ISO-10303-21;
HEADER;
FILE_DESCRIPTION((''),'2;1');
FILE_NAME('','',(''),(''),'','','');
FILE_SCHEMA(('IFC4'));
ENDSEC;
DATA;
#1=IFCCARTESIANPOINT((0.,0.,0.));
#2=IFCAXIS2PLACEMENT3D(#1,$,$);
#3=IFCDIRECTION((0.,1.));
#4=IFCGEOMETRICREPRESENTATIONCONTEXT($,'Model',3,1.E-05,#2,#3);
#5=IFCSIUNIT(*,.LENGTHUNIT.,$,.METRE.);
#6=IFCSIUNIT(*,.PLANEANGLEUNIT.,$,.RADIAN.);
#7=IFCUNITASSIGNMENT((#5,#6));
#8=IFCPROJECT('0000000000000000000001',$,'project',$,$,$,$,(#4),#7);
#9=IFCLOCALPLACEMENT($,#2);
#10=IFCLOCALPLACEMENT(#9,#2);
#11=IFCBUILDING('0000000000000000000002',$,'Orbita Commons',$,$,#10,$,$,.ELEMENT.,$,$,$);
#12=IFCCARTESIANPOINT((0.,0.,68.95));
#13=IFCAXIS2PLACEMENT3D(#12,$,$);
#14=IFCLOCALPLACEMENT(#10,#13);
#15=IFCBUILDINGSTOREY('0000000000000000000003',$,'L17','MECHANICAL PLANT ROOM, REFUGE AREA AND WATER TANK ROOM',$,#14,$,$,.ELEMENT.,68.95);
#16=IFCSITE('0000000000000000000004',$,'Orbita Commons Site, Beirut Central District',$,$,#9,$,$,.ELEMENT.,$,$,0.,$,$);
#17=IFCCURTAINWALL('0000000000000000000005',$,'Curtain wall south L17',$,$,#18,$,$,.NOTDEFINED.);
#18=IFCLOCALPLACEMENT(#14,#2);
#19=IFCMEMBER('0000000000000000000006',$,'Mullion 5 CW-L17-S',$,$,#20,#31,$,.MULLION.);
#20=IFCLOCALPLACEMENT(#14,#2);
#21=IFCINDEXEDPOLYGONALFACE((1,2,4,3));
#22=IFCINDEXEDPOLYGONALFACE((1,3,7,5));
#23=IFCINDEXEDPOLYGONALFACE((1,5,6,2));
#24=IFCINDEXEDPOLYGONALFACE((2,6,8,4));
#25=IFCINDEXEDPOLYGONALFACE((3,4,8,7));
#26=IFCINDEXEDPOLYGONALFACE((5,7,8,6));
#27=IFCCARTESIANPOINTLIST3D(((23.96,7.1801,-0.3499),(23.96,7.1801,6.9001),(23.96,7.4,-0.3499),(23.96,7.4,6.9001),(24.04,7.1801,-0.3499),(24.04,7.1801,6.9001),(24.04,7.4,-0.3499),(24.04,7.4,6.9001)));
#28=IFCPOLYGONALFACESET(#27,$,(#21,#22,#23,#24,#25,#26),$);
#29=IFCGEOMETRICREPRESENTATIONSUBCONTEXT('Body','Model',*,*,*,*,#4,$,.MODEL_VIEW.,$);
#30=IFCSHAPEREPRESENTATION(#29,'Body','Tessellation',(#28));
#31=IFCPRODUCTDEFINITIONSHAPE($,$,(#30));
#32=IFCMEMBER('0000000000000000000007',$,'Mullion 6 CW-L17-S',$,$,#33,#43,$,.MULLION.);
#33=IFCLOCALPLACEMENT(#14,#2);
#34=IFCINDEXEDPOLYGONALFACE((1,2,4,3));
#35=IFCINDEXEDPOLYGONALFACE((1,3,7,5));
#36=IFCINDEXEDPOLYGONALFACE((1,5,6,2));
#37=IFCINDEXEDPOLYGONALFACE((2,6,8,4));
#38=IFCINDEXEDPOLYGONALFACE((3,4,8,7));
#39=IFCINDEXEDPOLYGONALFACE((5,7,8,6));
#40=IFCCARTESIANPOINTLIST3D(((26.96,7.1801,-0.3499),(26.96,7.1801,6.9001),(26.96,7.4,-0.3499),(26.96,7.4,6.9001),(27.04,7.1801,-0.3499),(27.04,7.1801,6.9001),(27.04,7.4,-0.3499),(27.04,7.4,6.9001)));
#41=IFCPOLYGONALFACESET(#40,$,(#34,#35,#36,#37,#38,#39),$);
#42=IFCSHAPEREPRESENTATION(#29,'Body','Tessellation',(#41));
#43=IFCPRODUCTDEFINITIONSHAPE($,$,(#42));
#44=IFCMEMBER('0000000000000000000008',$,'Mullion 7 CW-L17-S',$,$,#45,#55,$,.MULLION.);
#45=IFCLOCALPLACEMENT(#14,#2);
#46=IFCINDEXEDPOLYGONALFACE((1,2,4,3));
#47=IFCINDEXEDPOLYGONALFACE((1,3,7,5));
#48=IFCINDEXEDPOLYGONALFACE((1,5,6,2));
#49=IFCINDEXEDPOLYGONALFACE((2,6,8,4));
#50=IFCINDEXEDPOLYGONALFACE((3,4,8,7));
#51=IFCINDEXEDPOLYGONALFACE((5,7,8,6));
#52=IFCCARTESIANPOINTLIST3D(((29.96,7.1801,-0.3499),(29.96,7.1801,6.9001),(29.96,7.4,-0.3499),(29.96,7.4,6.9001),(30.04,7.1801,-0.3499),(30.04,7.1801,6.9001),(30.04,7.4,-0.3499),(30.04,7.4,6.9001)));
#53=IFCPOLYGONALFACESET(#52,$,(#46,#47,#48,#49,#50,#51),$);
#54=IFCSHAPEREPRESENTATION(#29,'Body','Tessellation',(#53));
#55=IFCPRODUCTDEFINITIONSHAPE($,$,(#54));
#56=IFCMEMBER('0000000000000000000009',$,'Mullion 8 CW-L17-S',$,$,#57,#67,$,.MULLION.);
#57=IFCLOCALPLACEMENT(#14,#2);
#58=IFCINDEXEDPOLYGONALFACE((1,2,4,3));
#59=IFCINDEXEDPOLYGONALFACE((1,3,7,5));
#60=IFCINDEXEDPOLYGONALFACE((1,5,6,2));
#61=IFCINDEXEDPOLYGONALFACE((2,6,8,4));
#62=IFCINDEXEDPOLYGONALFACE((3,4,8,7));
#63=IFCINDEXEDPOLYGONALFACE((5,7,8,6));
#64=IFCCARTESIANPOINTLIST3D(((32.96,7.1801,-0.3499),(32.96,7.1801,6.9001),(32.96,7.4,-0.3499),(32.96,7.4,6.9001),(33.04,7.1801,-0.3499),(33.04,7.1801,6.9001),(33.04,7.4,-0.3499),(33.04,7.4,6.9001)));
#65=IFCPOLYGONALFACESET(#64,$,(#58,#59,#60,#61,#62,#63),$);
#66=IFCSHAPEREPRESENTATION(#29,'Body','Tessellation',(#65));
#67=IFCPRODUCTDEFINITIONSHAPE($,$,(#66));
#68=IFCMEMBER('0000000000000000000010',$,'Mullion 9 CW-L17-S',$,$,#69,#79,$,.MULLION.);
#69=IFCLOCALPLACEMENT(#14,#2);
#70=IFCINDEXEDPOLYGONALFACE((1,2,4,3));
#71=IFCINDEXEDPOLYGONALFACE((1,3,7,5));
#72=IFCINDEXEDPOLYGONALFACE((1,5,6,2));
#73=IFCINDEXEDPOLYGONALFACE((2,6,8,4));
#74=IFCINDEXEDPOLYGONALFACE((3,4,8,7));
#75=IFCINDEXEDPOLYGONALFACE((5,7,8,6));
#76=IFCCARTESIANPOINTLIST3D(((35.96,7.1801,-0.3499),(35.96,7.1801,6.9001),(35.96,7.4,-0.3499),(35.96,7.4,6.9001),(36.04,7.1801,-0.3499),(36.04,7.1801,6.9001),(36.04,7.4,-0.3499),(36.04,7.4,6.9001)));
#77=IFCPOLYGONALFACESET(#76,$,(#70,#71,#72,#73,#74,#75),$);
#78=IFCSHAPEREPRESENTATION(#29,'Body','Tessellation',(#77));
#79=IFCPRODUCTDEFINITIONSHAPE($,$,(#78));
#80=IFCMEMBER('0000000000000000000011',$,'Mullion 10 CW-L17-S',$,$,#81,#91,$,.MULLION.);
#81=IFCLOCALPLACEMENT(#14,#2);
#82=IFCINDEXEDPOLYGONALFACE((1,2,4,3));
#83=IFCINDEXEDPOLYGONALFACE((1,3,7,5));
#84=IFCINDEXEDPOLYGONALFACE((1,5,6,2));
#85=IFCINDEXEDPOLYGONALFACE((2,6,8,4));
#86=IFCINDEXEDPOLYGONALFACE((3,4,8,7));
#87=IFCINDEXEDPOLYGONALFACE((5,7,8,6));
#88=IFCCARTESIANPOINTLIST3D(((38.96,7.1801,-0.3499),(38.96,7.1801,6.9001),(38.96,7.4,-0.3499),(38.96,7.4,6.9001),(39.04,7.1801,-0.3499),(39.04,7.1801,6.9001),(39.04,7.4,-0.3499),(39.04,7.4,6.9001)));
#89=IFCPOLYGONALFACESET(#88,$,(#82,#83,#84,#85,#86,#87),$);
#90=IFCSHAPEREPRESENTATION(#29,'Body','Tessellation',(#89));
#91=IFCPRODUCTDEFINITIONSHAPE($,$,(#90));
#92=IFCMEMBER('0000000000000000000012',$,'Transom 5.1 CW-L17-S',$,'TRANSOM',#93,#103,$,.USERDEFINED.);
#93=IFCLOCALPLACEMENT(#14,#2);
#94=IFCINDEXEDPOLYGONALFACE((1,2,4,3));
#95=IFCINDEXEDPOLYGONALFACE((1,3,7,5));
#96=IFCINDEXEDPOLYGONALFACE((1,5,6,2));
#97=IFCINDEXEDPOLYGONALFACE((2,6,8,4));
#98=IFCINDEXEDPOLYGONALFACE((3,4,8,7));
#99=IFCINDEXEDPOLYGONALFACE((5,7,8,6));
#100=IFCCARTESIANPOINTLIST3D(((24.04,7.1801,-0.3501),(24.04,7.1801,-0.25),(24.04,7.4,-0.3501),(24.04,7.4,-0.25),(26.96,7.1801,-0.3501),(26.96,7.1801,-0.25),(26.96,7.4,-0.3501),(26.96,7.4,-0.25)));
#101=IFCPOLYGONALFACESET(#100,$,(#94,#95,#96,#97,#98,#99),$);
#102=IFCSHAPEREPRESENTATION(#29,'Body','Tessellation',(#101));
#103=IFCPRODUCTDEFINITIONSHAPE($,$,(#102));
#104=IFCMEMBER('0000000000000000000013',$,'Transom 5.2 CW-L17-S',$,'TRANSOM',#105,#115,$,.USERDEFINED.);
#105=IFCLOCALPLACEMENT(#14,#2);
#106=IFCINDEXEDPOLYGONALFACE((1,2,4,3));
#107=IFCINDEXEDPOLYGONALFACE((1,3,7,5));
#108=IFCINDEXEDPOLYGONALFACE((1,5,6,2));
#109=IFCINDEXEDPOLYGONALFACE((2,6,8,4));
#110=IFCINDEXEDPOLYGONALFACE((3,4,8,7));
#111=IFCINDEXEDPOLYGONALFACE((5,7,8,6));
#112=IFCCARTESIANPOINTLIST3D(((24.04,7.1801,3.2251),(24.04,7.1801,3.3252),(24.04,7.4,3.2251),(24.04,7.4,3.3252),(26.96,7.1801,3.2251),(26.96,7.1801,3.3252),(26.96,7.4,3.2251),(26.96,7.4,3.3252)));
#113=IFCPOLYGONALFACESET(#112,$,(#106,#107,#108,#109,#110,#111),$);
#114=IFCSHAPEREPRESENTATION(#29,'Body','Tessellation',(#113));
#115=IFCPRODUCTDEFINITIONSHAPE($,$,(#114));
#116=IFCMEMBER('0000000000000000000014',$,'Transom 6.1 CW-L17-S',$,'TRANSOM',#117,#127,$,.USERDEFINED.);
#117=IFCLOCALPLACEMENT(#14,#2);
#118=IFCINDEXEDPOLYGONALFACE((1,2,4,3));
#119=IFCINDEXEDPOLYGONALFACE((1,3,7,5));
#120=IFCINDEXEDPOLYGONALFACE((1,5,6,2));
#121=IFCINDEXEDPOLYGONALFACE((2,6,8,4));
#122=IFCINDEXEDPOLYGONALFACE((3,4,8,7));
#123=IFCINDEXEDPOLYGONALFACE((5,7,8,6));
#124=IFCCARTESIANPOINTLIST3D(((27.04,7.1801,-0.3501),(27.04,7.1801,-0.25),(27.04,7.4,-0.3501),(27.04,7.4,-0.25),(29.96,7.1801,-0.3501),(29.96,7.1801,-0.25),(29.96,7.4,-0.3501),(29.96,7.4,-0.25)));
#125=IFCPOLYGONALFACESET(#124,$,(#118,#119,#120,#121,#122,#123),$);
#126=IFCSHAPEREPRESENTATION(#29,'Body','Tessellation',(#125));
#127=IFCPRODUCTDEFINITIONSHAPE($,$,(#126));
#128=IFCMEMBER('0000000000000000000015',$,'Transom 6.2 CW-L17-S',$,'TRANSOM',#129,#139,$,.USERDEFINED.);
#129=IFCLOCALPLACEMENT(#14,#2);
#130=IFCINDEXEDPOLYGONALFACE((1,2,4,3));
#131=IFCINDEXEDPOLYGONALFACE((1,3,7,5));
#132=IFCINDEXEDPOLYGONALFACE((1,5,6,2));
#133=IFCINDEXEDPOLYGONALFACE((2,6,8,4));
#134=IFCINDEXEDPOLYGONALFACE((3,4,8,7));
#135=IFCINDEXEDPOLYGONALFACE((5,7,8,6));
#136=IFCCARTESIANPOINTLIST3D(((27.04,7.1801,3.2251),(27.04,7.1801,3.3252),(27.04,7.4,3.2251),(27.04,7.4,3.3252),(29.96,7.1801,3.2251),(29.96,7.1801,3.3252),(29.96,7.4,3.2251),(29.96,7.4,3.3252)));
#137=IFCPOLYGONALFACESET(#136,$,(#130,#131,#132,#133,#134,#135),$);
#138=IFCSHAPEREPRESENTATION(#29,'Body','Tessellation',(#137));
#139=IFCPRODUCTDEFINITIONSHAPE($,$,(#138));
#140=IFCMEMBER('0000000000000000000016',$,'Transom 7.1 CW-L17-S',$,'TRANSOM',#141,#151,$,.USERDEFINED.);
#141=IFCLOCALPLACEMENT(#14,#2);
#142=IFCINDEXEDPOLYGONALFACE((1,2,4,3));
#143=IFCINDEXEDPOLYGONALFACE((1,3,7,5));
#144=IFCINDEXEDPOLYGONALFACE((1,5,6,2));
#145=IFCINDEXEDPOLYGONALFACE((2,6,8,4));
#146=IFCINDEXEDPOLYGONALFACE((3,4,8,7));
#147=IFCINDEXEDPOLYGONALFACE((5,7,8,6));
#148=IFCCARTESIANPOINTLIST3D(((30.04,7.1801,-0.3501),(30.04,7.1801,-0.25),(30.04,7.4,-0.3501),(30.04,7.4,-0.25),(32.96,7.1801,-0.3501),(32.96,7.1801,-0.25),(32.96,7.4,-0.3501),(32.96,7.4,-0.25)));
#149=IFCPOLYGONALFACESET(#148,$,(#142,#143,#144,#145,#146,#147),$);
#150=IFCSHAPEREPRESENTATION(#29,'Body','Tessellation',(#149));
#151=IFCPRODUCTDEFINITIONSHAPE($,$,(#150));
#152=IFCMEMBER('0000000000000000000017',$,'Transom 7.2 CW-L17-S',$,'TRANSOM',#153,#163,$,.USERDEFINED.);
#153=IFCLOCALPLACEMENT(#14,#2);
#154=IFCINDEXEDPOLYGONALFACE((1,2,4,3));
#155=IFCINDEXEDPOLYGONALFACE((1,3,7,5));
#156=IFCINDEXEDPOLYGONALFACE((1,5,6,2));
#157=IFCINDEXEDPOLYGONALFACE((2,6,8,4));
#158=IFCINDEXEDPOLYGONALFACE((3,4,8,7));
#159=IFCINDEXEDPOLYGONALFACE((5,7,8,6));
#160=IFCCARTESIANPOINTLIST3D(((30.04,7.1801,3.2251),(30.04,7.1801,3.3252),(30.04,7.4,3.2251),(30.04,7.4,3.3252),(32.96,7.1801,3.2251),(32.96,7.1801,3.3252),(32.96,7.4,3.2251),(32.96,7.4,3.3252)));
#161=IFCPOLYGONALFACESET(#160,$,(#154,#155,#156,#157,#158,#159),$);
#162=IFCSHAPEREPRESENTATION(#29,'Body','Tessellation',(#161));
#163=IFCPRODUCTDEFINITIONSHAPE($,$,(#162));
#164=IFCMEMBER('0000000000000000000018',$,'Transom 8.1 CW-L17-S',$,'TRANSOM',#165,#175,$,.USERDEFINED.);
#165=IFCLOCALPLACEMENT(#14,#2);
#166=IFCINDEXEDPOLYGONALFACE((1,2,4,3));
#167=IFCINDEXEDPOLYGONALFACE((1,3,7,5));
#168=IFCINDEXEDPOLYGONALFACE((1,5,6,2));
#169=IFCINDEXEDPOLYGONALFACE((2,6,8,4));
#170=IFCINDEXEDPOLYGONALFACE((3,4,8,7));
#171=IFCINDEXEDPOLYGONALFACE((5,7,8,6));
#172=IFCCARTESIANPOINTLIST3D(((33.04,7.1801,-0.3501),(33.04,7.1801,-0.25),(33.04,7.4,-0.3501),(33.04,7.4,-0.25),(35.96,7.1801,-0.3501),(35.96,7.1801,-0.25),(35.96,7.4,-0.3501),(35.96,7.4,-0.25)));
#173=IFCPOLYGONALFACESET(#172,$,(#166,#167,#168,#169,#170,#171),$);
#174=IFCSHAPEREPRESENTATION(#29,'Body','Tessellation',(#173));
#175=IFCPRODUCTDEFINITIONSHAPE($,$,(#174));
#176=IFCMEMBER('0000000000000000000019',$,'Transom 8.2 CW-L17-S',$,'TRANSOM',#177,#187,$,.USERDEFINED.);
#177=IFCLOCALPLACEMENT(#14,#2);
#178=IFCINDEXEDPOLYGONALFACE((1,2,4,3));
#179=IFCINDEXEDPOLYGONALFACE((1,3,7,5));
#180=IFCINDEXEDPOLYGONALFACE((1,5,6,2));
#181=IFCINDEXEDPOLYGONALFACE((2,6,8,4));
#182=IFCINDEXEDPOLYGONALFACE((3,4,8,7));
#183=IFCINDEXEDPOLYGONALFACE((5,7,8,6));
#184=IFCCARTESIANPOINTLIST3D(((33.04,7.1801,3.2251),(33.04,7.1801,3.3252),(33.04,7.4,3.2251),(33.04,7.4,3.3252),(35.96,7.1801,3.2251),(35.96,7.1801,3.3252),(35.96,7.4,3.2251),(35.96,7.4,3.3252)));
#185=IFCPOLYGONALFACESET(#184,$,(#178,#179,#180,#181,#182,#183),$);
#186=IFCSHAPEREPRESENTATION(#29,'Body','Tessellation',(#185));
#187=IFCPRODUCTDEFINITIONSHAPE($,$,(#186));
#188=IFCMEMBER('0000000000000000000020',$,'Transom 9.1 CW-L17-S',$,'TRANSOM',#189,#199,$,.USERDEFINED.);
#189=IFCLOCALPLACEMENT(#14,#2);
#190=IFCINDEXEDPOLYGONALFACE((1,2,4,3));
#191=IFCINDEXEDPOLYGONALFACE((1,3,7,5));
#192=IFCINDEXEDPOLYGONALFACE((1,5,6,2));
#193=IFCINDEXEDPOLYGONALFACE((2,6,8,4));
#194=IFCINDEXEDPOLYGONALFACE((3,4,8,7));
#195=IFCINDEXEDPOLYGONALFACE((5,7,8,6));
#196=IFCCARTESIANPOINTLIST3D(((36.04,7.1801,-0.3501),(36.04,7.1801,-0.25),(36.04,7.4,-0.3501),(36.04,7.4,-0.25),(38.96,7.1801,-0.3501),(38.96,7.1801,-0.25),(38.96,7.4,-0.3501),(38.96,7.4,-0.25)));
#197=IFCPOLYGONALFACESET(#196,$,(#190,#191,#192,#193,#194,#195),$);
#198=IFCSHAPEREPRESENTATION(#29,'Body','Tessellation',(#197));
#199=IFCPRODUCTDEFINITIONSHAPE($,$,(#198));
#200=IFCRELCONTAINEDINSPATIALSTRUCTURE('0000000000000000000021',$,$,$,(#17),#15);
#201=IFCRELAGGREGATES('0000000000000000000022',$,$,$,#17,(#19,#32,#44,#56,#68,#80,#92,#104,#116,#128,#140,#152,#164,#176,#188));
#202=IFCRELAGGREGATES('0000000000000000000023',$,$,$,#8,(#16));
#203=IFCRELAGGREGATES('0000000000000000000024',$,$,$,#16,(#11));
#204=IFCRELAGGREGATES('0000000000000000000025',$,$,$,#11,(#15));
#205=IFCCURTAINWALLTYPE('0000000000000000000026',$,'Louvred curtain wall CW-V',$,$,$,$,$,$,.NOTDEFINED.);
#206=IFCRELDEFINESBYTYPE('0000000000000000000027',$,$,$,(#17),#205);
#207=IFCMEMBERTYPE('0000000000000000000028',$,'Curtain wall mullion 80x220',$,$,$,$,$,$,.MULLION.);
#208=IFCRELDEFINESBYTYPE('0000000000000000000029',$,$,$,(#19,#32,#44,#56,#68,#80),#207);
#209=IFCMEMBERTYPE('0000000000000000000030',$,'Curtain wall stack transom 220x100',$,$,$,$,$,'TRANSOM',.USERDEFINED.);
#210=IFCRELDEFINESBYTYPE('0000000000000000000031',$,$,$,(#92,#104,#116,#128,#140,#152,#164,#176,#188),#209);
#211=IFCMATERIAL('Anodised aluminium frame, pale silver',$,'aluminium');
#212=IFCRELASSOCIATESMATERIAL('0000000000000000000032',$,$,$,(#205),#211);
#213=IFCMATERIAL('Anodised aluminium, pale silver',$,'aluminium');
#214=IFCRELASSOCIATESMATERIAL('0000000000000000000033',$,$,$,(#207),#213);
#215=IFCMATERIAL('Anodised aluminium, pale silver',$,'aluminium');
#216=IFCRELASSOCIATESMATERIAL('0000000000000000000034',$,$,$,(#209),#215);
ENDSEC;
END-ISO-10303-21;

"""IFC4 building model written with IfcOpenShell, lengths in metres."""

from ifc_helpers import new_model, si_unit, direction, frame, origin, origin_2d, place, context, subcontext, project, spatial, rectangle, extrude, material, material_profile, profile_set, type_object, element, aggregate, save


model = new_model("IFC4")

# Units and contexts
model_context = context("Model", 3, precision=1e-05, world=origin(), true_north=direction((0.0, 1.0)))
body_context = subcontext(model_context, "Body", "Model", "MODEL_VIEW")
ifc_project = project(units=[si_unit("LENGTHUNIT", "METRE"), si_unit("PLANEANGLEUNIT", "RADIAN")], contexts=[model_context])

# Site, building, storey
site_placement = place(None, origin())
site = spatial("IfcSite", under=ifc_project, at=site_placement, Name="Orbita Commons Site, Beirut Central District", CompositionType="ELEMENT", RefElevation=0.0)
building_placement = place(site_placement, origin())
building = spatial("IfcBuilding", under=site, at=building_placement, Name="Orbita Commons", CompositionType="ELEMENT")
storey_placement = place(building_placement, frame((0.0, 0.0, 68.95)))
storey = spatial("IfcBuildingStorey", under=building, at=storey_placement, Name="L17", Description="MECHANICAL PLANT ROOM, REFUGE AREA AND WATER TANK ROOM", CompositionType="ELEMENT", Elevation=68.95)

# Curtain wall, members
ifc_material_1 = material(Name="Anodised aluminium frame, pale silver", Category="aluminium")
curtain_wall_type = type_object("IfcCurtainWallType", Name="Louvred curtain wall CW-V", PredefinedType="NOTDEFINED", material=ifc_material_1)
curtain_wall_placement = place(storey_placement, origin())
curtain_wall = element("IfcCurtainWall", 1, at=curtain_wall_placement, inside=storey, type_object=curtain_wall_type, Name="Curtain wall south L17", PredefinedType="NOTDEFINED")
ifc_material_2 = material(Name="Anodised aluminium, pale silver", Category="aluminium")
ifc_material_profile_1 = material_profile(ifc_material_2, rectangle(XDim=0.0801, YDim=0.22, at=origin_2d()), Name="AL 80x220")
ifc_profile_set_1 = profile_set([ifc_material_profile_1], Name="Anodised aluminium, pale silver")
member_type_1 = type_object("IfcMemberType", Name="Curtain wall mullion 80x220", PredefinedType="MULLION", material=ifc_profile_set_1)
member_1_placement = place(storey_placement, frame((24.0, 7.29, -0.3499), z_axis=(0.0, 0.0, 1.0), x_axis=(1.0, 0.0, 0.0)))
member_1 = element("IfcMember", 2, at=member_1_placement, type_object=member_type_1, Name="Mullion 5 CW-L17-S", PredefinedType="MULLION", context=body_context, shape_type="SweptSolid", body=[
    extrude(rectangle(XDim=0.0801, YDim=0.22, at=origin_2d()), origin(), (0.0, 0.0, 1.0), 7.25),
])
member_2_placement = place(storey_placement, frame((27.0, 7.29, -0.3499), z_axis=(0.0, 0.0, 1.0), x_axis=(1.0, 0.0, 0.0)))
member_2 = element("IfcMember", 3, at=member_2_placement, type_object=member_type_1, Name="Mullion 6 CW-L17-S", PredefinedType="MULLION", context=body_context, shape_type="SweptSolid", body=[
    extrude(rectangle(XDim=0.0801, YDim=0.22, at=origin_2d()), origin(), (0.0, 0.0, 1.0), 7.25),
])
member_3_placement = place(storey_placement, frame((30.0, 7.29, -0.3499), z_axis=(0.0, 0.0, 1.0), x_axis=(1.0, 0.0, 0.0)))
member_3 = element("IfcMember", 4, at=member_3_placement, type_object=member_type_1, Name="Mullion 7 CW-L17-S", PredefinedType="MULLION", context=body_context, shape_type="SweptSolid", body=[
    extrude(rectangle(XDim=0.0801, YDim=0.22, at=origin_2d()), origin(), (0.0, 0.0, 1.0), 7.25),
])
member_4_placement = place(storey_placement, frame((33.0, 7.29, -0.3499), z_axis=(0.0, 0.0, 1.0), x_axis=(1.0, 0.0, 0.0)))
member_4 = element("IfcMember", 5, at=member_4_placement, type_object=member_type_1, Name="Mullion 8 CW-L17-S", PredefinedType="MULLION", context=body_context, shape_type="SweptSolid", body=[
    extrude(rectangle(XDim=0.0801, YDim=0.22, at=origin_2d()), origin(), (0.0, 0.0, 1.0), 7.25),
])
member_5_placement = place(storey_placement, frame((36.0, 7.29, -0.3499), z_axis=(0.0, 0.0, 1.0), x_axis=(1.0, 0.0, 0.0)))
member_5 = element("IfcMember", 6, at=member_5_placement, type_object=member_type_1, Name="Mullion 9 CW-L17-S", PredefinedType="MULLION", context=body_context, shape_type="SweptSolid", body=[
    extrude(rectangle(XDim=0.0801, YDim=0.22, at=origin_2d()), origin(), (0.0, 0.0, 1.0), 7.25),
])
member_6_placement = place(storey_placement, frame((39.0, 7.29, -0.3499), z_axis=(0.0, 0.0, 1.0), x_axis=(1.0, 0.0, 0.0)))
member_6 = element("IfcMember", 7, at=member_6_placement, type_object=member_type_1, Name="Mullion 10 CW-L17-S", PredefinedType="MULLION", context=body_context, shape_type="SweptSolid", body=[
    extrude(rectangle(XDim=0.0801, YDim=0.22, at=origin_2d()), origin(), (0.0, 0.0, 1.0), 7.25),
])
ifc_material_3 = material(Name="Anodised aluminium, pale silver", Category="aluminium")
ifc_material_profile_2 = material_profile(ifc_material_3, rectangle(XDim=0.22, YDim=0.1001, at=origin_2d()), Name="AL 220x100")
ifc_profile_set_2 = profile_set([ifc_material_profile_2], Name="Anodised aluminium, pale silver")
member_type_2 = type_object("IfcMemberType", Name="Curtain wall stack transom 220x100", ElementType="TRANSOM", PredefinedType="USERDEFINED", material=ifc_profile_set_2)
member_7_placement = place(storey_placement, frame((24.04, 7.29, -0.3), z_axis=(1.0, 0.0, 0.0), x_axis=(0.0, 1.0, 0.0)))
member_7 = element("IfcMember", 8, at=member_7_placement, type_object=member_type_2, Name="Transom 5.1 CW-L17-S", ObjectType="TRANSOM", PredefinedType="USERDEFINED", context=body_context, shape_type="SweptSolid", body=[
    extrude(rectangle(XDim=0.22, YDim=0.1001, at=origin_2d()), origin(), (0.0, 0.0, 1.0), 2.9199),
])
member_8_placement = place(storey_placement, frame((24.04, 7.29, 3.2751), z_axis=(1.0, 0.0, 0.0), x_axis=(0.0, 1.0, 0.0)))
member_8 = element("IfcMember", 9, at=member_8_placement, type_object=member_type_2, Name="Transom 5.2 CW-L17-S", ObjectType="TRANSOM", PredefinedType="USERDEFINED", context=body_context, shape_type="SweptSolid", body=[
    extrude(rectangle(XDim=0.22, YDim=0.1001, at=origin_2d()), origin(), (0.0, 0.0, 1.0), 2.9199),
])
member_9_placement = place(storey_placement, frame((27.04, 7.29, -0.3), z_axis=(1.0, 0.0, 0.0), x_axis=(0.0, 1.0, 0.0)))
member_9 = element("IfcMember", 10, at=member_9_placement, type_object=member_type_2, Name="Transom 6.1 CW-L17-S", ObjectType="TRANSOM", PredefinedType="USERDEFINED", context=body_context, shape_type="SweptSolid", body=[
    extrude(rectangle(XDim=0.22, YDim=0.1001, at=origin_2d()), origin(), (0.0, 0.0, 1.0), 2.9199),
])
member_10_placement = place(storey_placement, frame((27.04, 7.29, 3.2751), z_axis=(1.0, 0.0, 0.0), x_axis=(0.0, 1.0, 0.0)))
member_10 = element("IfcMember", 11, at=member_10_placement, type_object=member_type_2, Name="Transom 6.2 CW-L17-S", ObjectType="TRANSOM", PredefinedType="USERDEFINED", context=body_context, shape_type="SweptSolid", body=[
    extrude(rectangle(XDim=0.22, YDim=0.1001, at=origin_2d()), origin(), (0.0, 0.0, 1.0), 2.9199),
])
member_11_placement = place(storey_placement, frame((30.04, 7.29, -0.3), z_axis=(1.0, 0.0, 0.0), x_axis=(0.0, 1.0, 0.0)))
member_11 = element("IfcMember", 12, at=member_11_placement, type_object=member_type_2, Name="Transom 7.1 CW-L17-S", ObjectType="TRANSOM", PredefinedType="USERDEFINED", context=body_context, shape_type="SweptSolid", body=[
    extrude(rectangle(XDim=0.22, YDim=0.1001, at=origin_2d()), origin(), (0.0, 0.0, 1.0), 2.9199),
])
member_12_placement = place(storey_placement, frame((30.04, 7.29, 3.2751), z_axis=(1.0, 0.0, 0.0), x_axis=(0.0, 1.0, 0.0)))
member_12 = element("IfcMember", 13, at=member_12_placement, type_object=member_type_2, Name="Transom 7.2 CW-L17-S", ObjectType="TRANSOM", PredefinedType="USERDEFINED", context=body_context, shape_type="SweptSolid", body=[
    extrude(rectangle(XDim=0.22, YDim=0.1001, at=origin_2d()), origin(), (0.0, 0.0, 1.0), 2.9199),
])
member_13_placement = place(storey_placement, frame((33.04, 7.29, -0.3), z_axis=(1.0, 0.0, 0.0), x_axis=(0.0, 1.0, 0.0)))
member_13 = element("IfcMember", 14, at=member_13_placement, type_object=member_type_2, Name="Transom 8.1 CW-L17-S", ObjectType="TRANSOM", PredefinedType="USERDEFINED", context=body_context, shape_type="SweptSolid", body=[
    extrude(rectangle(XDim=0.22, YDim=0.1001, at=origin_2d()), origin(), (0.0, 0.0, 1.0), 2.9199),
])
member_14_placement = place(storey_placement, frame((33.04, 7.29, 3.2751), z_axis=(1.0, 0.0, 0.0), x_axis=(0.0, 1.0, 0.0)))
member_14 = element("IfcMember", 15, at=member_14_placement, type_object=member_type_2, Name="Transom 8.2 CW-L17-S", ObjectType="TRANSOM", PredefinedType="USERDEFINED", context=body_context, shape_type="SweptSolid", body=[
    extrude(rectangle(XDim=0.22, YDim=0.1001, at=origin_2d()), origin(), (0.0, 0.0, 1.0), 2.9199),
])
member_15_placement = place(storey_placement, frame((36.04, 7.29, -0.3), z_axis=(1.0, 0.0, 0.0), x_axis=(0.0, 1.0, 0.0)))
member_15 = element("IfcMember", 16, at=member_15_placement, type_object=member_type_2, Name="Transom 9.1 CW-L17-S", ObjectType="TRANSOM", PredefinedType="USERDEFINED", context=body_context, shape_type="SweptSolid", body=[
    extrude(rectangle(XDim=0.22, YDim=0.1001, at=origin_2d()), origin(), (0.0, 0.0, 1.0), 2.9199),
])
aggregate(curtain_wall, [member_1, member_2, member_3, member_4, member_5, member_6, member_7, member_8, member_9, member_10, member_11, member_12, member_13, member_14, member_15])

save(model, "model.ifc")
